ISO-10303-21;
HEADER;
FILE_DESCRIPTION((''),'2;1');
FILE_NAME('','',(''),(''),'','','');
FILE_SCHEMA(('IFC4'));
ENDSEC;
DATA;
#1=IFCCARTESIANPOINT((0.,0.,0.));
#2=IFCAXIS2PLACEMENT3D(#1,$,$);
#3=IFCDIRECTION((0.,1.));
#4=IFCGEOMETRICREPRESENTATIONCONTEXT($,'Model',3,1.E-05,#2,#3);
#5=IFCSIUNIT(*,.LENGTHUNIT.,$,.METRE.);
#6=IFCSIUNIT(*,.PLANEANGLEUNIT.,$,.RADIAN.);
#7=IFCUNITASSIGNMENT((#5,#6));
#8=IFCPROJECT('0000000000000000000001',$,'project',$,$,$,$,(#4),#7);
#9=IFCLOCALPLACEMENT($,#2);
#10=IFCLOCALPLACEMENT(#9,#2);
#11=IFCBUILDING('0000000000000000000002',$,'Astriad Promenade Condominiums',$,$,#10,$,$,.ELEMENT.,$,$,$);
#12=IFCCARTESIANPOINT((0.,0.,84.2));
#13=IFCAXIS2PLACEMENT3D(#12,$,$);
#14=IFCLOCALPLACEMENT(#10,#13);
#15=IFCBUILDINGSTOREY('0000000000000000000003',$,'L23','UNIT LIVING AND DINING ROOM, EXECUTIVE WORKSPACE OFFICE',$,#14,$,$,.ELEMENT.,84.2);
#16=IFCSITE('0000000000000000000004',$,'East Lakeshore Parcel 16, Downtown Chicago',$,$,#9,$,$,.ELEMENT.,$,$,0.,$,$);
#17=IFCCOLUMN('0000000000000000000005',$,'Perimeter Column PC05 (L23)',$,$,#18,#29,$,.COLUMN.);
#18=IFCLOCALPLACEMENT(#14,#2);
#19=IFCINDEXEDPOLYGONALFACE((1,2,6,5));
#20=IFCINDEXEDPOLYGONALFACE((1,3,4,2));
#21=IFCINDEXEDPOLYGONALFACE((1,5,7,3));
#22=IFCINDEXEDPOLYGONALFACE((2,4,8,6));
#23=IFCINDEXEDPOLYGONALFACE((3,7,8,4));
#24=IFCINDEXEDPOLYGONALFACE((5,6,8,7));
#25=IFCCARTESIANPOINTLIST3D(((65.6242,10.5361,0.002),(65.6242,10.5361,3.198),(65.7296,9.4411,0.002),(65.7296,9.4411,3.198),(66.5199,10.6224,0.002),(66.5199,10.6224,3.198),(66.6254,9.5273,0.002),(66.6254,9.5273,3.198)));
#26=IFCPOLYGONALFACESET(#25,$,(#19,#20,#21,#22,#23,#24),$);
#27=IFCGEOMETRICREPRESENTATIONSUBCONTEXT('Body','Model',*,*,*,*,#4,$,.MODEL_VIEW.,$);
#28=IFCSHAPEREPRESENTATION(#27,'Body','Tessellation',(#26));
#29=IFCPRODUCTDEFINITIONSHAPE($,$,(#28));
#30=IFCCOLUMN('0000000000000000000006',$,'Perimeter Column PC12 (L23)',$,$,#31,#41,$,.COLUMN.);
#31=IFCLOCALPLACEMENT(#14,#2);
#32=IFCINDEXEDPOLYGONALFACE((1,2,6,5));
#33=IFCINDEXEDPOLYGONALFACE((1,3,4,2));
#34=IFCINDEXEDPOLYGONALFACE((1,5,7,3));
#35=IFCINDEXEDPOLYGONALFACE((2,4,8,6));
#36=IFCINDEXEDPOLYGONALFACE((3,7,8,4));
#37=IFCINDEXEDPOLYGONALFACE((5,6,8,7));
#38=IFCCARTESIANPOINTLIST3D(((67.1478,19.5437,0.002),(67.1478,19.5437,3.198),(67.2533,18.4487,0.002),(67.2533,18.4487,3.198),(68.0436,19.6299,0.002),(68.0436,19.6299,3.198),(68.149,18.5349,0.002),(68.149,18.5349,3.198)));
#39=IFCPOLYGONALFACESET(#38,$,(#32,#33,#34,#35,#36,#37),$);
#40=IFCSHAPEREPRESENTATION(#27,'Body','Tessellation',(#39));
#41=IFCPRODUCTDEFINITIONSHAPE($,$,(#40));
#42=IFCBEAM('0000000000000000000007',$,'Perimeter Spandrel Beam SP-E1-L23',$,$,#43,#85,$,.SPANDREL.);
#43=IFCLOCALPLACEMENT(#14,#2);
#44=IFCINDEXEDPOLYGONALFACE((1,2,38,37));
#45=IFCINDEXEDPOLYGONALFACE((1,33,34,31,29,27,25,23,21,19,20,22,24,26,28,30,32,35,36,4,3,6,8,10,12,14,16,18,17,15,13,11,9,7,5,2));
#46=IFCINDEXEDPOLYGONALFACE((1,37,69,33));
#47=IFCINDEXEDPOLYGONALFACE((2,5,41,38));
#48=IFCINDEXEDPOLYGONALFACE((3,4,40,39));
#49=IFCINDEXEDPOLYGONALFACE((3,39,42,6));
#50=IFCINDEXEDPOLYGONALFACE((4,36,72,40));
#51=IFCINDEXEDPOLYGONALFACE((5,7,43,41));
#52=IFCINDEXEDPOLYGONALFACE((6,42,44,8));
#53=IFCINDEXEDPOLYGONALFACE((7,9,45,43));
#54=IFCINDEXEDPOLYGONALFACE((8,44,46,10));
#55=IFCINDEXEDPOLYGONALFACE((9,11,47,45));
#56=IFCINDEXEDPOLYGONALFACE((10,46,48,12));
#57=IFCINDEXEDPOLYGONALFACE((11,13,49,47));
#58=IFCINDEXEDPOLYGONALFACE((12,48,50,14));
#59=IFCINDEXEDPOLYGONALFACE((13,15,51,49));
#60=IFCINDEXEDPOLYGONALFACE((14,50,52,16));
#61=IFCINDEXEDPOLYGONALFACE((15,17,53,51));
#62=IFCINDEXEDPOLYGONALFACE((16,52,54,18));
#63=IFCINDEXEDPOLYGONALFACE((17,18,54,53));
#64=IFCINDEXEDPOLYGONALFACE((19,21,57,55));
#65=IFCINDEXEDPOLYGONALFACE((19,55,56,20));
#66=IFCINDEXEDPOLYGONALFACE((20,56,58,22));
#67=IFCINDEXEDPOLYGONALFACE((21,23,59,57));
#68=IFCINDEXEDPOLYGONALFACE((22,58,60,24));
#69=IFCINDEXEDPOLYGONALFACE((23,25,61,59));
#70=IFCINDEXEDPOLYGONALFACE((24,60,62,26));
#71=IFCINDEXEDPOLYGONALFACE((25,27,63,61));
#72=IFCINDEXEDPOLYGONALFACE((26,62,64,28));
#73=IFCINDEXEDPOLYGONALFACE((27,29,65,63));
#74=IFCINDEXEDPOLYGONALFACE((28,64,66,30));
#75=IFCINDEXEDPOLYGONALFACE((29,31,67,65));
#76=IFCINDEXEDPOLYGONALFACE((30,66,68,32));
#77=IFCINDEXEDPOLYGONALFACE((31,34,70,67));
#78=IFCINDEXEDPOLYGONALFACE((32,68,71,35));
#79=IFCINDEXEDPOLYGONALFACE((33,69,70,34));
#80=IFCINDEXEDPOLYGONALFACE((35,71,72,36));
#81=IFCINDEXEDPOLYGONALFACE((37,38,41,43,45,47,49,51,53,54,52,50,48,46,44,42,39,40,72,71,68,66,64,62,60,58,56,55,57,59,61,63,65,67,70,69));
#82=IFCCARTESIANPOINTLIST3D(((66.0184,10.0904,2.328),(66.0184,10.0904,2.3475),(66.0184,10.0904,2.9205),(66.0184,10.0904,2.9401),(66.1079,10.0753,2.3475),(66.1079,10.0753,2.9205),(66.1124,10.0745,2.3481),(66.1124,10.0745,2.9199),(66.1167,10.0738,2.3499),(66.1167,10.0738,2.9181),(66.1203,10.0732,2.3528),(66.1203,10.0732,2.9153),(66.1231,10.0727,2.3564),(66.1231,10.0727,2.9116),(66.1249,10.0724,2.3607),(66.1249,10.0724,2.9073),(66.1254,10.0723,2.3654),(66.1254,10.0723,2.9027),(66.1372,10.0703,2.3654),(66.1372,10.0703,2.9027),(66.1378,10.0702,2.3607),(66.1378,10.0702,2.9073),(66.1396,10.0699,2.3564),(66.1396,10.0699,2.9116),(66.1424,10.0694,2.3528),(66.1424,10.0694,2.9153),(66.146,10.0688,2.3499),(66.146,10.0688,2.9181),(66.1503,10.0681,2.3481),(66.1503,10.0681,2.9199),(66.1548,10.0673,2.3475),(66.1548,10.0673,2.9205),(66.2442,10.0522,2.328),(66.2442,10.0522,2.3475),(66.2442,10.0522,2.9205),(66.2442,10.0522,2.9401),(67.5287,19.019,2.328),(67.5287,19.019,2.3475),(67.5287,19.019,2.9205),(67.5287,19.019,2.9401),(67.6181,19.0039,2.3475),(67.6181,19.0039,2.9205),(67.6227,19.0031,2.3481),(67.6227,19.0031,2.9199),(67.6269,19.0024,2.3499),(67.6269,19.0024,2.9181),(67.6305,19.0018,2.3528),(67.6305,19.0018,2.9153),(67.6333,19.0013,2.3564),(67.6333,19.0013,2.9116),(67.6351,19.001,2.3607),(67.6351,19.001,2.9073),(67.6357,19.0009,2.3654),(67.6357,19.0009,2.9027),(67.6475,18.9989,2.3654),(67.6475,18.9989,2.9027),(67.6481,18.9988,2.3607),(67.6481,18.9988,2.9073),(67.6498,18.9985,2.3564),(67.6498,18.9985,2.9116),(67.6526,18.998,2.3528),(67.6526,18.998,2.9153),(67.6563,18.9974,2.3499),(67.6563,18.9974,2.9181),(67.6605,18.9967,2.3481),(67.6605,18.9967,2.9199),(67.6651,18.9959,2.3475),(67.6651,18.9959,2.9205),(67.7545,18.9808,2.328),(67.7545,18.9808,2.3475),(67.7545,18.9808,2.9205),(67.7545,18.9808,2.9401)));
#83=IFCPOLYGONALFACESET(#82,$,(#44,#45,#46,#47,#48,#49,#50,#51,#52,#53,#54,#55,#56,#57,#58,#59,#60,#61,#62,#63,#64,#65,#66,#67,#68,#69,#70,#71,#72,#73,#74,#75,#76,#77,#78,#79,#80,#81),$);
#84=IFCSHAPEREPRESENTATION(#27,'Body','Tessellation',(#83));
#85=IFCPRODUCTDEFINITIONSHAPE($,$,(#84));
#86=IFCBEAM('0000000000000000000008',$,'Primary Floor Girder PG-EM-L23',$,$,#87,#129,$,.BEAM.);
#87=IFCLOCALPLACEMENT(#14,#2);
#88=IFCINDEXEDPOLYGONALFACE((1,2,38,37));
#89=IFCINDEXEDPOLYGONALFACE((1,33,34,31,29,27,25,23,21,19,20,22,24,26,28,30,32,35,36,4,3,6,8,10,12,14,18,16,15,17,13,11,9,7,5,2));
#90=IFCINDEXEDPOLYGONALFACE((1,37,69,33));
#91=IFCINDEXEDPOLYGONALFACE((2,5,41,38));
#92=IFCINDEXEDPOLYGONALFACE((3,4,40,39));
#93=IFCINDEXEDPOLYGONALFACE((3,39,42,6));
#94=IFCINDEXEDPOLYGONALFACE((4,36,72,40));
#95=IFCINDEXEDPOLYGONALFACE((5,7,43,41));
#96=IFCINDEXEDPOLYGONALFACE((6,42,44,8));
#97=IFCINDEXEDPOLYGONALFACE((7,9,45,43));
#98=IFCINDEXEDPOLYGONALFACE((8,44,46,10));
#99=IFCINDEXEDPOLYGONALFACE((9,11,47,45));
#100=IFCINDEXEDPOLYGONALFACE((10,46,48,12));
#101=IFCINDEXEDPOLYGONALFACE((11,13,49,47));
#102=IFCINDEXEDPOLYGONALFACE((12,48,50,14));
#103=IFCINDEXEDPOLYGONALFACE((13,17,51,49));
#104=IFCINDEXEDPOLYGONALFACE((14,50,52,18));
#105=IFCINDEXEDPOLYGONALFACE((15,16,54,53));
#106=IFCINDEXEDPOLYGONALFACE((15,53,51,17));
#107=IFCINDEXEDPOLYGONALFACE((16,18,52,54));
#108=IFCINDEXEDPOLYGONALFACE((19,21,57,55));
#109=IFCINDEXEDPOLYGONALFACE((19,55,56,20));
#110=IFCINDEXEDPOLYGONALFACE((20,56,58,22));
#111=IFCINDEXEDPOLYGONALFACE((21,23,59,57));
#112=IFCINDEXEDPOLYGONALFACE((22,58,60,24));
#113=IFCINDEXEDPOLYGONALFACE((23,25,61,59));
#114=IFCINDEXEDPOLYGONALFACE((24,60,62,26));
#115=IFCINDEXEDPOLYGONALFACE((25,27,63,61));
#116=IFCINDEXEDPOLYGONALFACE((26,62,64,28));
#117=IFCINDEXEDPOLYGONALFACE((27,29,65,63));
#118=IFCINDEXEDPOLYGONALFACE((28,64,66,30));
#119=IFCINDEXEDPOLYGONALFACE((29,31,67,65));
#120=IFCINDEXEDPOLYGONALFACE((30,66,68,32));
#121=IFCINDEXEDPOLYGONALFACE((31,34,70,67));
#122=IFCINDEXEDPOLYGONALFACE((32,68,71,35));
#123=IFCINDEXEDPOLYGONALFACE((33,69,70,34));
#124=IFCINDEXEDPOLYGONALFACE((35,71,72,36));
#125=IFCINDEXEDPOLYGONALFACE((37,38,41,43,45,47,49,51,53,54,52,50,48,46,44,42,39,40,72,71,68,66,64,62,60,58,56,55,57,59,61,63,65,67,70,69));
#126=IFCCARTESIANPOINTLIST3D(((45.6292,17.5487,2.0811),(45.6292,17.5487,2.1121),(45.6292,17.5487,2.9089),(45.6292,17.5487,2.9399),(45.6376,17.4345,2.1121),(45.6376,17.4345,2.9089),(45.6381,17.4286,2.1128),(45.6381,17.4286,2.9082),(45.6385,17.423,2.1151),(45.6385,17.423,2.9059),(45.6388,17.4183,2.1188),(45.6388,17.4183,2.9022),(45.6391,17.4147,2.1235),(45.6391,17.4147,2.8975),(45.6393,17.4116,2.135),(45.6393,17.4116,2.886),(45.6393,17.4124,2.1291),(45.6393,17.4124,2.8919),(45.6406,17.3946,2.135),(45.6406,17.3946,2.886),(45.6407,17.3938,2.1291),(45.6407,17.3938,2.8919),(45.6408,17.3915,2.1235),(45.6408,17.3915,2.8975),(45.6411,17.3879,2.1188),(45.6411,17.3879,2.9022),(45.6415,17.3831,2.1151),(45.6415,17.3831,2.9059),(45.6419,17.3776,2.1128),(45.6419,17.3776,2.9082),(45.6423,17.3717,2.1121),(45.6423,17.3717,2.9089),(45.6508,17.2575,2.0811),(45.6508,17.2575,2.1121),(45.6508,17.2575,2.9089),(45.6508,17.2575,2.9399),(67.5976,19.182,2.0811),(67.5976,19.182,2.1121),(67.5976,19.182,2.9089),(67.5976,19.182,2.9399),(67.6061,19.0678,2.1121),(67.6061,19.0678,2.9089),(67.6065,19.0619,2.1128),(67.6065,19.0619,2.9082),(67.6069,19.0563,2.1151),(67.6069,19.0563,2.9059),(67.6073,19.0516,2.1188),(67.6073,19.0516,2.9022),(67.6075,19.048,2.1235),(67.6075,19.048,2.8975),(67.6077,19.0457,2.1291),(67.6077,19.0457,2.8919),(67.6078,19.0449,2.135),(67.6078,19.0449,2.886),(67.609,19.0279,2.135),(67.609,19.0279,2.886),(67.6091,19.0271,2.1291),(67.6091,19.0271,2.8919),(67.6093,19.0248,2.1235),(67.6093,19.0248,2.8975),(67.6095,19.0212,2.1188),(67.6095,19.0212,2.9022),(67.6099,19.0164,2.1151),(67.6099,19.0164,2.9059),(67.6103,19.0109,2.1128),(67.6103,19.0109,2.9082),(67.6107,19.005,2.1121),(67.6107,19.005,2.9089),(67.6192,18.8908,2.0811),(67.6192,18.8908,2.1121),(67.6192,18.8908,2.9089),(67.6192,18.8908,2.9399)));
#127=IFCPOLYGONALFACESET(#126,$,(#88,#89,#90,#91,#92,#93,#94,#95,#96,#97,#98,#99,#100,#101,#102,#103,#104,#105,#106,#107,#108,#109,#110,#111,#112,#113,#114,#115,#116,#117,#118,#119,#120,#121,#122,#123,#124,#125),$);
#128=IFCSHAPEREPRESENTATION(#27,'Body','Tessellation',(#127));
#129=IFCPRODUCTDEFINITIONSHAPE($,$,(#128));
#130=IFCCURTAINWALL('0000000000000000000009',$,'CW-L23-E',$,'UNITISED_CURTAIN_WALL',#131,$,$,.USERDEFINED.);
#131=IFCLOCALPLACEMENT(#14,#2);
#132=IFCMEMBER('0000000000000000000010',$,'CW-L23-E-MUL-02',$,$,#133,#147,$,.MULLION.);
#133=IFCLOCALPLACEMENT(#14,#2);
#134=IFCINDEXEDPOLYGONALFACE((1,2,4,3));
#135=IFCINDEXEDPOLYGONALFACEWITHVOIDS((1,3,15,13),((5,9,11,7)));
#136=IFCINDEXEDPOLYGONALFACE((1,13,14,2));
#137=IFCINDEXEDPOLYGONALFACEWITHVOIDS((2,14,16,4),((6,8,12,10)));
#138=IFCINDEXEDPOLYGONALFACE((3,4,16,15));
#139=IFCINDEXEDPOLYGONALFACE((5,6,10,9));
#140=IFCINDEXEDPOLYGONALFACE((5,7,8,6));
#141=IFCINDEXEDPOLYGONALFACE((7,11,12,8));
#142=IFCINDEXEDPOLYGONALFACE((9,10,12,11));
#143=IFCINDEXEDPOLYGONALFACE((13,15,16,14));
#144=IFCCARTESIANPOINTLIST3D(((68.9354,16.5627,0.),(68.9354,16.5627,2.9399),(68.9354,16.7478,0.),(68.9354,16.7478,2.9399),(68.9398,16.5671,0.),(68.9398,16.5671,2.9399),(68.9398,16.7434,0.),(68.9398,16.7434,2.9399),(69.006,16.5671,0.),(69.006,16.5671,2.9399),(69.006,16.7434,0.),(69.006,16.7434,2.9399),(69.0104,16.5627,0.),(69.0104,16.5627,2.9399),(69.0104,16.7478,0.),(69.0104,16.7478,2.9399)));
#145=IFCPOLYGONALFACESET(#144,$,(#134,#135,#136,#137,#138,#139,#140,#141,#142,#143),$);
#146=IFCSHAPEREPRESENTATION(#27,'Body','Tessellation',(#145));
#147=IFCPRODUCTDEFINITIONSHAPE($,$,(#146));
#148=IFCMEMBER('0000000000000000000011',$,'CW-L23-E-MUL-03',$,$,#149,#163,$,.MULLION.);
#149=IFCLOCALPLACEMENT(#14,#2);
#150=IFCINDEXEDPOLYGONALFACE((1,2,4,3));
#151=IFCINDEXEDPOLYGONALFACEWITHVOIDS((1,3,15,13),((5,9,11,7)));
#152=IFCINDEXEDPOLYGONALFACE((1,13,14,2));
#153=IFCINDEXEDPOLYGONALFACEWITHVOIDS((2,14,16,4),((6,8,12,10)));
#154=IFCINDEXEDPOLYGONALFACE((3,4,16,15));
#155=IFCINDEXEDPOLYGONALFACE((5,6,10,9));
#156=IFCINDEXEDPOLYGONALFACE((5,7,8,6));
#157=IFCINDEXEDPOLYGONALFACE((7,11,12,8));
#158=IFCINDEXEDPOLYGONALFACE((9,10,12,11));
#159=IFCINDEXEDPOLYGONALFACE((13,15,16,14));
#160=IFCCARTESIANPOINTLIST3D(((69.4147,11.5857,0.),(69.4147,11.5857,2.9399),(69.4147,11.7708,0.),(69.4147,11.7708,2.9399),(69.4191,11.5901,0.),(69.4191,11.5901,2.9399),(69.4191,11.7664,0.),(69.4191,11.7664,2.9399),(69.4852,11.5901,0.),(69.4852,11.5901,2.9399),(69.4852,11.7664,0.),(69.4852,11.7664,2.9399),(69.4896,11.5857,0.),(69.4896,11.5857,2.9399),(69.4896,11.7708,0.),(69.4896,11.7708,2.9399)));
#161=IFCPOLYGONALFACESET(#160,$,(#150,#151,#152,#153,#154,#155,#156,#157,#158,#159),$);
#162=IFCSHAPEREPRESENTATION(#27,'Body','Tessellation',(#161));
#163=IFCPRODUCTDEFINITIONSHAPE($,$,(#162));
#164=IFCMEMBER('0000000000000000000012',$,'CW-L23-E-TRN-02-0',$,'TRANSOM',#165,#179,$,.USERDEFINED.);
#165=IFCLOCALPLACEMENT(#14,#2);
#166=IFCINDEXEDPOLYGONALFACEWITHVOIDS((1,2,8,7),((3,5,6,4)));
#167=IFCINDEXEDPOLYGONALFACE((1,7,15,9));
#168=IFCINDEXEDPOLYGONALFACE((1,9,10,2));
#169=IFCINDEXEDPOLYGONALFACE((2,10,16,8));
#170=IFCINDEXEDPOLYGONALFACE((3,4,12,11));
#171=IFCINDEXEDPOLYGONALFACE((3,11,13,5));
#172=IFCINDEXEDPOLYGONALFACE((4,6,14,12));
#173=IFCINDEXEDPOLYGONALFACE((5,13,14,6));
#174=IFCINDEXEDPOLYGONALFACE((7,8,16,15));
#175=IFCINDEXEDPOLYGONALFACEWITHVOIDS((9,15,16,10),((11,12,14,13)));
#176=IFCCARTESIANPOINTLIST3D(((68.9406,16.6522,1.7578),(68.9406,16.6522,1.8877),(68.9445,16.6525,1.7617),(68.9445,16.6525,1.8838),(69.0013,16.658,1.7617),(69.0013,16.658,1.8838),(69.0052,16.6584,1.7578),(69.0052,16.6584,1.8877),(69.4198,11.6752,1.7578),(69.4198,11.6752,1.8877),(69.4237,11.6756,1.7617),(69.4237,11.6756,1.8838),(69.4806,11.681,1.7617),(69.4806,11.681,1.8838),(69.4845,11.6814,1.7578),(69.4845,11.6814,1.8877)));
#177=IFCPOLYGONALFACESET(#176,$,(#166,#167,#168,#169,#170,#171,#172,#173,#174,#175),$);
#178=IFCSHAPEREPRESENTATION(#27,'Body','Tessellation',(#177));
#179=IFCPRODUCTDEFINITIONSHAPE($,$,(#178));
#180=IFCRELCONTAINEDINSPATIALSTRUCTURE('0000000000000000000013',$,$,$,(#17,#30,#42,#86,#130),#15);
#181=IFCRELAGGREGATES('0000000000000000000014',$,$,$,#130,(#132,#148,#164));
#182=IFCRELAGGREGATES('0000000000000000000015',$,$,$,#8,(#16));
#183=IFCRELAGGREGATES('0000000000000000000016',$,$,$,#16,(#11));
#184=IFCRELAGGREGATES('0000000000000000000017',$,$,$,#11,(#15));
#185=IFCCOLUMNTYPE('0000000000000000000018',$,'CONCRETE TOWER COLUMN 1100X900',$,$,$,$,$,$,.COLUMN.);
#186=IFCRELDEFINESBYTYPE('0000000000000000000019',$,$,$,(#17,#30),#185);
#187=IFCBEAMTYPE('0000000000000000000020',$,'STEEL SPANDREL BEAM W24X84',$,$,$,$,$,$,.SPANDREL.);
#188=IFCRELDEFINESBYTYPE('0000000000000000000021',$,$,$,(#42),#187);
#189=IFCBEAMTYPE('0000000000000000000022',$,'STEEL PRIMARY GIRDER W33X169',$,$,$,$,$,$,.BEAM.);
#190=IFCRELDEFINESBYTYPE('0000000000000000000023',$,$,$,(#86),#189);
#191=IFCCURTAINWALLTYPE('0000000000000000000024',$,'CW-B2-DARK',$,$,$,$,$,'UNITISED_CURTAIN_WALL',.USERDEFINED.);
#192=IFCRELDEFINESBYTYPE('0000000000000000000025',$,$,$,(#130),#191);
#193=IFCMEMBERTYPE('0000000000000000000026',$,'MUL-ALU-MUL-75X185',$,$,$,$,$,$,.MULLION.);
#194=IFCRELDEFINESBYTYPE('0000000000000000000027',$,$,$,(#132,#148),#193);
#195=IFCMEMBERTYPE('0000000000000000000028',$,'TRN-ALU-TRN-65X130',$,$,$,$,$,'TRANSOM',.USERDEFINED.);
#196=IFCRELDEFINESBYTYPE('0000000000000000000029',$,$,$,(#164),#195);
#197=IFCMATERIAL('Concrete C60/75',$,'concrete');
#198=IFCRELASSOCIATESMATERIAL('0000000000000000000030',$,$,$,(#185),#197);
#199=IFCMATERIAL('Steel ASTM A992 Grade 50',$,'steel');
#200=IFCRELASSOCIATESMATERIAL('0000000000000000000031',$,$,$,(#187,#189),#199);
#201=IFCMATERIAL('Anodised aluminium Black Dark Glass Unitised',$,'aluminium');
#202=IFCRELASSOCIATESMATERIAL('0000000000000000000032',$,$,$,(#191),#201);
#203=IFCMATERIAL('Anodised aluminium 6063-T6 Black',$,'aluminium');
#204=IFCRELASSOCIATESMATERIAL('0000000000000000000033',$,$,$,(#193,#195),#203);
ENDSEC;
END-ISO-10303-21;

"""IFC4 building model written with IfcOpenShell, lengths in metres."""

from ifc_helpers import new_model, si_unit, direction, frame, origin, origin_2d, place, context, subcontext, project, spatial, rectangle, hollow_rectangle, i_section, extrude, source, transform, mapped, material, material_profile, profile_set, type_object, type_shapes, element, aggregate, save


model = new_model("IFC4")

# Units and contexts
model_context = context("Model", 3, precision=1e-05, world=origin(), true_north=direction((0.0, 1.0)))
body_context = subcontext(model_context, "Body", "Model", "MODEL_VIEW")
ifc_project = project(units=[si_unit("LENGTHUNIT", "METRE"), si_unit("PLANEANGLEUNIT", "RADIAN")], contexts=[model_context])

# Site, building, storey
site_placement = place(None, origin())
site = spatial("IfcSite", under=ifc_project, at=site_placement, Name="East Lakeshore Parcel 16, Downtown Chicago", CompositionType="ELEMENT", RefElevation=0.0)
building_placement = place(site_placement, origin())
building = spatial("IfcBuilding", under=site, at=building_placement, Name="Astriad Promenade Condominiums", CompositionType="ELEMENT")
storey_placement = place(building_placement, frame((0.0, 0.0, 84.2)))
storey = spatial("IfcBuildingStorey", under=building, at=storey_placement, Name="L23", Description="UNIT LIVING AND DINING ROOM, EXECUTIVE WORKSPACE OFFICE", CompositionType="ELEMENT", Elevation=84.2)

# Columns
ifc_material_1 = material(Name="Concrete C60/75", Category="concrete")
ifc_material_profile_1 = material_profile(ifc_material_1, rectangle(XDim=0.8999, YDim=1.1001, at=origin_2d()), Name="RC-COL-1100X900")
ifc_profile_set_1 = profile_set([ifc_material_profile_1], Name="Concrete C60/75")
column_type = type_object("IfcColumnType", Name="CONCRETE TOWER COLUMN 1100X900", PredefinedType="COLUMN", material=ifc_profile_set_1)
shared_shape_1 = source(origin(), body_context, "Body", "SweptSolid", [
    extrude(rectangle(XDim=0.8999, YDim=1.1001, at=origin_2d()), origin(), (0.0, 0.0, 1.0), 3.196),
])
type_shapes(column_type, [shared_shape_1])
for number, where, z_axis, x_axis, name in (
    (1, (66.1248, 10.0317, 0.002), (0.0, 0.0, 1.0), (0.995396, 0.095846, 0.0), "Perimeter Column PC05 (L23)"),
    (2, (67.6484, 19.0393, 0.002), (0.0, 0.0, 1.0), (0.995396, 0.095846, 0.0), "Perimeter Column PC12 (L23)"),
):
    element("IfcColumn", number, at=place(storey_placement, frame(where, z_axis=z_axis, x_axis=x_axis)), inside=storey, type_object=column_type, Name=name, PredefinedType="COLUMN", context=body_context, shape_type="MappedRepresentation", body=[
        mapped(shared_shape_1, transform((0.0, 0.0, 0.0), scale=1.0)),
    ])

# Beams
ifc_material_2 = material(Name="Steel ASTM A992 Grade 50", Category="steel")
ifc_material_profile_2 = material_profile(ifc_material_2, i_section(OverallWidth=0.229, OverallDepth=0.6121, WebThickness=0.012, FlangeThickness=0.0195, FilletRadius=0.0178, at=origin_2d()), Name="W24X84")
ifc_profile_set_2 = profile_set([ifc_material_profile_2], Name="Steel ASTM A992 Grade 50")
beam_type_1 = type_object("IfcBeamType", Name="STEEL SPANDREL BEAM W24X84", PredefinedType="SPANDREL", material=ifc_profile_set_2)
shared_shape_2 = source(origin(), body_context, "Body", "SweptSolid", [
    extrude(i_section(OverallWidth=0.229, OverallDepth=0.6121, WebThickness=0.012, FlangeThickness=0.0195, FilletRadius=0.0178, at=origin_2d()), origin(), (0.0, 0.0, 1.0), 9.0554),
])
type_shapes(beam_type_1, [shared_shape_2])
beam_1_placement = place(storey_placement, frame((66.1313, 10.0713, 2.634), z_axis=(0.166777, 0.985995, 0.0), x_axis=(-0.985995, 0.166777, 0.0)))
element("IfcBeam", 3, at=beam_1_placement, inside=storey, type_object=beam_type_1, Name="Perimeter Spandrel Beam SP-E1-L23", PredefinedType="SPANDREL", context=body_context, shape_type="MappedRepresentation", body=[
    mapped(shared_shape_2, transform((0.0, 0.0, 0.0), scale=1.0)),
])
ifc_material_profile_3 = material_profile(ifc_material_2, i_section(OverallWidth=0.292, OverallDepth=0.8589, WebThickness=0.0171, FlangeThickness=0.031, FilletRadius=0.0229, at=origin_2d()), Name="W33X169")
ifc_profile_set_3 = profile_set([ifc_material_profile_3], Name="Steel ASTM A992 Grade 50")
beam_type_2 = type_object("IfcBeamType", Name="STEEL PRIMARY GIRDER W33X169", PredefinedType="BEAM", material=ifc_profile_set_3)
shared_shape_3 = source(origin(), body_context, "Body", "SweptSolid", [
    extrude(i_section(OverallWidth=0.292, OverallDepth=0.8589, WebThickness=0.0171, FlangeThickness=0.031, FilletRadius=0.0229, at=origin_2d()), origin(), (0.0, 0.0, 1.0), 22.0291),
])
type_shapes(beam_type_2, [shared_shape_3])
beam_2_placement = place(storey_placement, frame((67.6084, 19.0364, 2.5105), z_axis=(-0.997248, -0.074143, 0.0), x_axis=(0.074143, -0.997248, 0.0)))
element("IfcBeam", 4, at=beam_2_placement, inside=storey, type_object=beam_type_2, Name="Primary Floor Girder PG-EM-L23", PredefinedType="BEAM", context=body_context, shape_type="MappedRepresentation", body=[
    mapped(shared_shape_3, transform((0.0, 0.0, 0.0), scale=1.0)),
])

# Curtain wall, members
ifc_material_3 = material(Name="Anodised aluminium Black Dark Glass Unitised", Category="aluminium")
curtain_wall_type = type_object("IfcCurtainWallType", Name="CW-B2-DARK", ElementType="UNITISED_CURTAIN_WALL", PredefinedType="USERDEFINED", material=ifc_material_3)
curtain_wall_placement = place(storey_placement, origin())
curtain_wall = element("IfcCurtainWall", 5, at=curtain_wall_placement, inside=storey, type_object=curtain_wall_type, Name="CW-L23-E", ObjectType="UNITISED_CURTAIN_WALL", PredefinedType="USERDEFINED")
ifc_material_4 = material(Name="Anodised aluminium 6063-T6 Black", Category="aluminium")
ifc_material_profile_4 = material_profile(ifc_material_4, hollow_rectangle(XDim=0.075, YDim=0.1851, WallThickness=0.0044, at=origin_2d()), Name="ALU-MUL-75X185")
ifc_profile_set_4 = profile_set([ifc_material_profile_4], Name="Anodised aluminium 6063-T6 Black")
member_type_1 = type_object("IfcMemberType", Name="MUL-ALU-MUL-75X185", PredefinedType="MULLION", material=ifc_profile_set_4)
shared_shape_4 = source(origin(), body_context, "Body", "SweptSolid", [
    extrude(hollow_rectangle(XDim=0.075, YDim=0.1851, WallThickness=0.0044, at=origin_2d()), origin(), (0.0, 0.0, 1.0), 2.9399),
])
type_shapes(member_type_1, [shared_shape_4])
member_1_placement = place(storey_placement, frame((68.9729, 16.6553, 0.0), z_axis=(0.0, 0.0, 1.0), x_axis=(1.0, 0.0, 0.0)))
member_1 = element("IfcMember", 6, at=member_1_placement, type_object=member_type_1, Name="CW-L23-E-MUL-02", PredefinedType="MULLION", context=body_context, shape_type="MappedRepresentation", body=[
    mapped(shared_shape_4, transform((0.0, 0.0, 0.0), scale=1.0)),
])
member_2_placement = place(storey_placement, frame((69.4521, 11.6782, 0.0), z_axis=(0.0, 0.0, 1.0), x_axis=(1.0, 0.0, 0.0)))
member_2 = element("IfcMember", 7, at=member_2_placement, type_object=member_type_1, Name="CW-L23-E-MUL-03", PredefinedType="MULLION", context=body_context, shape_type="MappedRepresentation", body=[
    mapped(shared_shape_4, transform((0.0, 0.0, 0.0), scale=1.0)),
])
ifc_material_profile_5 = material_profile(ifc_material_4, hollow_rectangle(XDim=0.0649, YDim=0.1299, WallThickness=0.0039, at=origin_2d()), Name="ALU-TRN-65X130")
ifc_profile_set_5 = profile_set([ifc_material_profile_5], Name="Anodised aluminium 6063-T6 Black")
member_type_2 = type_object("IfcMemberType", Name="TRN-ALU-TRN-65X130", ElementType="TRANSOM", PredefinedType="USERDEFINED", material=ifc_profile_set_5)
shared_shape_5 = source(origin(), body_context, "Body", "SweptSolid", [
    extrude(hollow_rectangle(XDim=0.0649, YDim=0.1299, WallThickness=0.0039, at=origin_2d()), origin(), (0.0, 0.0, 1.0), 5.0),
])
type_shapes(member_type_2, [shared_shape_5])
member_3_placement = place(storey_placement, frame((68.9729, 16.6553, 1.8228), z_axis=(0.095848, -0.995396, 0.0), x_axis=(0.995396, 0.095848, 0.0)))
member_3 = element("IfcMember", 8, at=member_3_placement, type_object=member_type_2, Name="CW-L23-E-TRN-02-0", ObjectType="TRANSOM", PredefinedType="USERDEFINED", context=body_context, shape_type="MappedRepresentation", body=[
    mapped(shared_shape_5, transform((0.0, 0.0, 0.0), scale=1.0)),
])
aggregate(curtain_wall, [member_1, member_2, member_3])

save(model, "model.ifc")
